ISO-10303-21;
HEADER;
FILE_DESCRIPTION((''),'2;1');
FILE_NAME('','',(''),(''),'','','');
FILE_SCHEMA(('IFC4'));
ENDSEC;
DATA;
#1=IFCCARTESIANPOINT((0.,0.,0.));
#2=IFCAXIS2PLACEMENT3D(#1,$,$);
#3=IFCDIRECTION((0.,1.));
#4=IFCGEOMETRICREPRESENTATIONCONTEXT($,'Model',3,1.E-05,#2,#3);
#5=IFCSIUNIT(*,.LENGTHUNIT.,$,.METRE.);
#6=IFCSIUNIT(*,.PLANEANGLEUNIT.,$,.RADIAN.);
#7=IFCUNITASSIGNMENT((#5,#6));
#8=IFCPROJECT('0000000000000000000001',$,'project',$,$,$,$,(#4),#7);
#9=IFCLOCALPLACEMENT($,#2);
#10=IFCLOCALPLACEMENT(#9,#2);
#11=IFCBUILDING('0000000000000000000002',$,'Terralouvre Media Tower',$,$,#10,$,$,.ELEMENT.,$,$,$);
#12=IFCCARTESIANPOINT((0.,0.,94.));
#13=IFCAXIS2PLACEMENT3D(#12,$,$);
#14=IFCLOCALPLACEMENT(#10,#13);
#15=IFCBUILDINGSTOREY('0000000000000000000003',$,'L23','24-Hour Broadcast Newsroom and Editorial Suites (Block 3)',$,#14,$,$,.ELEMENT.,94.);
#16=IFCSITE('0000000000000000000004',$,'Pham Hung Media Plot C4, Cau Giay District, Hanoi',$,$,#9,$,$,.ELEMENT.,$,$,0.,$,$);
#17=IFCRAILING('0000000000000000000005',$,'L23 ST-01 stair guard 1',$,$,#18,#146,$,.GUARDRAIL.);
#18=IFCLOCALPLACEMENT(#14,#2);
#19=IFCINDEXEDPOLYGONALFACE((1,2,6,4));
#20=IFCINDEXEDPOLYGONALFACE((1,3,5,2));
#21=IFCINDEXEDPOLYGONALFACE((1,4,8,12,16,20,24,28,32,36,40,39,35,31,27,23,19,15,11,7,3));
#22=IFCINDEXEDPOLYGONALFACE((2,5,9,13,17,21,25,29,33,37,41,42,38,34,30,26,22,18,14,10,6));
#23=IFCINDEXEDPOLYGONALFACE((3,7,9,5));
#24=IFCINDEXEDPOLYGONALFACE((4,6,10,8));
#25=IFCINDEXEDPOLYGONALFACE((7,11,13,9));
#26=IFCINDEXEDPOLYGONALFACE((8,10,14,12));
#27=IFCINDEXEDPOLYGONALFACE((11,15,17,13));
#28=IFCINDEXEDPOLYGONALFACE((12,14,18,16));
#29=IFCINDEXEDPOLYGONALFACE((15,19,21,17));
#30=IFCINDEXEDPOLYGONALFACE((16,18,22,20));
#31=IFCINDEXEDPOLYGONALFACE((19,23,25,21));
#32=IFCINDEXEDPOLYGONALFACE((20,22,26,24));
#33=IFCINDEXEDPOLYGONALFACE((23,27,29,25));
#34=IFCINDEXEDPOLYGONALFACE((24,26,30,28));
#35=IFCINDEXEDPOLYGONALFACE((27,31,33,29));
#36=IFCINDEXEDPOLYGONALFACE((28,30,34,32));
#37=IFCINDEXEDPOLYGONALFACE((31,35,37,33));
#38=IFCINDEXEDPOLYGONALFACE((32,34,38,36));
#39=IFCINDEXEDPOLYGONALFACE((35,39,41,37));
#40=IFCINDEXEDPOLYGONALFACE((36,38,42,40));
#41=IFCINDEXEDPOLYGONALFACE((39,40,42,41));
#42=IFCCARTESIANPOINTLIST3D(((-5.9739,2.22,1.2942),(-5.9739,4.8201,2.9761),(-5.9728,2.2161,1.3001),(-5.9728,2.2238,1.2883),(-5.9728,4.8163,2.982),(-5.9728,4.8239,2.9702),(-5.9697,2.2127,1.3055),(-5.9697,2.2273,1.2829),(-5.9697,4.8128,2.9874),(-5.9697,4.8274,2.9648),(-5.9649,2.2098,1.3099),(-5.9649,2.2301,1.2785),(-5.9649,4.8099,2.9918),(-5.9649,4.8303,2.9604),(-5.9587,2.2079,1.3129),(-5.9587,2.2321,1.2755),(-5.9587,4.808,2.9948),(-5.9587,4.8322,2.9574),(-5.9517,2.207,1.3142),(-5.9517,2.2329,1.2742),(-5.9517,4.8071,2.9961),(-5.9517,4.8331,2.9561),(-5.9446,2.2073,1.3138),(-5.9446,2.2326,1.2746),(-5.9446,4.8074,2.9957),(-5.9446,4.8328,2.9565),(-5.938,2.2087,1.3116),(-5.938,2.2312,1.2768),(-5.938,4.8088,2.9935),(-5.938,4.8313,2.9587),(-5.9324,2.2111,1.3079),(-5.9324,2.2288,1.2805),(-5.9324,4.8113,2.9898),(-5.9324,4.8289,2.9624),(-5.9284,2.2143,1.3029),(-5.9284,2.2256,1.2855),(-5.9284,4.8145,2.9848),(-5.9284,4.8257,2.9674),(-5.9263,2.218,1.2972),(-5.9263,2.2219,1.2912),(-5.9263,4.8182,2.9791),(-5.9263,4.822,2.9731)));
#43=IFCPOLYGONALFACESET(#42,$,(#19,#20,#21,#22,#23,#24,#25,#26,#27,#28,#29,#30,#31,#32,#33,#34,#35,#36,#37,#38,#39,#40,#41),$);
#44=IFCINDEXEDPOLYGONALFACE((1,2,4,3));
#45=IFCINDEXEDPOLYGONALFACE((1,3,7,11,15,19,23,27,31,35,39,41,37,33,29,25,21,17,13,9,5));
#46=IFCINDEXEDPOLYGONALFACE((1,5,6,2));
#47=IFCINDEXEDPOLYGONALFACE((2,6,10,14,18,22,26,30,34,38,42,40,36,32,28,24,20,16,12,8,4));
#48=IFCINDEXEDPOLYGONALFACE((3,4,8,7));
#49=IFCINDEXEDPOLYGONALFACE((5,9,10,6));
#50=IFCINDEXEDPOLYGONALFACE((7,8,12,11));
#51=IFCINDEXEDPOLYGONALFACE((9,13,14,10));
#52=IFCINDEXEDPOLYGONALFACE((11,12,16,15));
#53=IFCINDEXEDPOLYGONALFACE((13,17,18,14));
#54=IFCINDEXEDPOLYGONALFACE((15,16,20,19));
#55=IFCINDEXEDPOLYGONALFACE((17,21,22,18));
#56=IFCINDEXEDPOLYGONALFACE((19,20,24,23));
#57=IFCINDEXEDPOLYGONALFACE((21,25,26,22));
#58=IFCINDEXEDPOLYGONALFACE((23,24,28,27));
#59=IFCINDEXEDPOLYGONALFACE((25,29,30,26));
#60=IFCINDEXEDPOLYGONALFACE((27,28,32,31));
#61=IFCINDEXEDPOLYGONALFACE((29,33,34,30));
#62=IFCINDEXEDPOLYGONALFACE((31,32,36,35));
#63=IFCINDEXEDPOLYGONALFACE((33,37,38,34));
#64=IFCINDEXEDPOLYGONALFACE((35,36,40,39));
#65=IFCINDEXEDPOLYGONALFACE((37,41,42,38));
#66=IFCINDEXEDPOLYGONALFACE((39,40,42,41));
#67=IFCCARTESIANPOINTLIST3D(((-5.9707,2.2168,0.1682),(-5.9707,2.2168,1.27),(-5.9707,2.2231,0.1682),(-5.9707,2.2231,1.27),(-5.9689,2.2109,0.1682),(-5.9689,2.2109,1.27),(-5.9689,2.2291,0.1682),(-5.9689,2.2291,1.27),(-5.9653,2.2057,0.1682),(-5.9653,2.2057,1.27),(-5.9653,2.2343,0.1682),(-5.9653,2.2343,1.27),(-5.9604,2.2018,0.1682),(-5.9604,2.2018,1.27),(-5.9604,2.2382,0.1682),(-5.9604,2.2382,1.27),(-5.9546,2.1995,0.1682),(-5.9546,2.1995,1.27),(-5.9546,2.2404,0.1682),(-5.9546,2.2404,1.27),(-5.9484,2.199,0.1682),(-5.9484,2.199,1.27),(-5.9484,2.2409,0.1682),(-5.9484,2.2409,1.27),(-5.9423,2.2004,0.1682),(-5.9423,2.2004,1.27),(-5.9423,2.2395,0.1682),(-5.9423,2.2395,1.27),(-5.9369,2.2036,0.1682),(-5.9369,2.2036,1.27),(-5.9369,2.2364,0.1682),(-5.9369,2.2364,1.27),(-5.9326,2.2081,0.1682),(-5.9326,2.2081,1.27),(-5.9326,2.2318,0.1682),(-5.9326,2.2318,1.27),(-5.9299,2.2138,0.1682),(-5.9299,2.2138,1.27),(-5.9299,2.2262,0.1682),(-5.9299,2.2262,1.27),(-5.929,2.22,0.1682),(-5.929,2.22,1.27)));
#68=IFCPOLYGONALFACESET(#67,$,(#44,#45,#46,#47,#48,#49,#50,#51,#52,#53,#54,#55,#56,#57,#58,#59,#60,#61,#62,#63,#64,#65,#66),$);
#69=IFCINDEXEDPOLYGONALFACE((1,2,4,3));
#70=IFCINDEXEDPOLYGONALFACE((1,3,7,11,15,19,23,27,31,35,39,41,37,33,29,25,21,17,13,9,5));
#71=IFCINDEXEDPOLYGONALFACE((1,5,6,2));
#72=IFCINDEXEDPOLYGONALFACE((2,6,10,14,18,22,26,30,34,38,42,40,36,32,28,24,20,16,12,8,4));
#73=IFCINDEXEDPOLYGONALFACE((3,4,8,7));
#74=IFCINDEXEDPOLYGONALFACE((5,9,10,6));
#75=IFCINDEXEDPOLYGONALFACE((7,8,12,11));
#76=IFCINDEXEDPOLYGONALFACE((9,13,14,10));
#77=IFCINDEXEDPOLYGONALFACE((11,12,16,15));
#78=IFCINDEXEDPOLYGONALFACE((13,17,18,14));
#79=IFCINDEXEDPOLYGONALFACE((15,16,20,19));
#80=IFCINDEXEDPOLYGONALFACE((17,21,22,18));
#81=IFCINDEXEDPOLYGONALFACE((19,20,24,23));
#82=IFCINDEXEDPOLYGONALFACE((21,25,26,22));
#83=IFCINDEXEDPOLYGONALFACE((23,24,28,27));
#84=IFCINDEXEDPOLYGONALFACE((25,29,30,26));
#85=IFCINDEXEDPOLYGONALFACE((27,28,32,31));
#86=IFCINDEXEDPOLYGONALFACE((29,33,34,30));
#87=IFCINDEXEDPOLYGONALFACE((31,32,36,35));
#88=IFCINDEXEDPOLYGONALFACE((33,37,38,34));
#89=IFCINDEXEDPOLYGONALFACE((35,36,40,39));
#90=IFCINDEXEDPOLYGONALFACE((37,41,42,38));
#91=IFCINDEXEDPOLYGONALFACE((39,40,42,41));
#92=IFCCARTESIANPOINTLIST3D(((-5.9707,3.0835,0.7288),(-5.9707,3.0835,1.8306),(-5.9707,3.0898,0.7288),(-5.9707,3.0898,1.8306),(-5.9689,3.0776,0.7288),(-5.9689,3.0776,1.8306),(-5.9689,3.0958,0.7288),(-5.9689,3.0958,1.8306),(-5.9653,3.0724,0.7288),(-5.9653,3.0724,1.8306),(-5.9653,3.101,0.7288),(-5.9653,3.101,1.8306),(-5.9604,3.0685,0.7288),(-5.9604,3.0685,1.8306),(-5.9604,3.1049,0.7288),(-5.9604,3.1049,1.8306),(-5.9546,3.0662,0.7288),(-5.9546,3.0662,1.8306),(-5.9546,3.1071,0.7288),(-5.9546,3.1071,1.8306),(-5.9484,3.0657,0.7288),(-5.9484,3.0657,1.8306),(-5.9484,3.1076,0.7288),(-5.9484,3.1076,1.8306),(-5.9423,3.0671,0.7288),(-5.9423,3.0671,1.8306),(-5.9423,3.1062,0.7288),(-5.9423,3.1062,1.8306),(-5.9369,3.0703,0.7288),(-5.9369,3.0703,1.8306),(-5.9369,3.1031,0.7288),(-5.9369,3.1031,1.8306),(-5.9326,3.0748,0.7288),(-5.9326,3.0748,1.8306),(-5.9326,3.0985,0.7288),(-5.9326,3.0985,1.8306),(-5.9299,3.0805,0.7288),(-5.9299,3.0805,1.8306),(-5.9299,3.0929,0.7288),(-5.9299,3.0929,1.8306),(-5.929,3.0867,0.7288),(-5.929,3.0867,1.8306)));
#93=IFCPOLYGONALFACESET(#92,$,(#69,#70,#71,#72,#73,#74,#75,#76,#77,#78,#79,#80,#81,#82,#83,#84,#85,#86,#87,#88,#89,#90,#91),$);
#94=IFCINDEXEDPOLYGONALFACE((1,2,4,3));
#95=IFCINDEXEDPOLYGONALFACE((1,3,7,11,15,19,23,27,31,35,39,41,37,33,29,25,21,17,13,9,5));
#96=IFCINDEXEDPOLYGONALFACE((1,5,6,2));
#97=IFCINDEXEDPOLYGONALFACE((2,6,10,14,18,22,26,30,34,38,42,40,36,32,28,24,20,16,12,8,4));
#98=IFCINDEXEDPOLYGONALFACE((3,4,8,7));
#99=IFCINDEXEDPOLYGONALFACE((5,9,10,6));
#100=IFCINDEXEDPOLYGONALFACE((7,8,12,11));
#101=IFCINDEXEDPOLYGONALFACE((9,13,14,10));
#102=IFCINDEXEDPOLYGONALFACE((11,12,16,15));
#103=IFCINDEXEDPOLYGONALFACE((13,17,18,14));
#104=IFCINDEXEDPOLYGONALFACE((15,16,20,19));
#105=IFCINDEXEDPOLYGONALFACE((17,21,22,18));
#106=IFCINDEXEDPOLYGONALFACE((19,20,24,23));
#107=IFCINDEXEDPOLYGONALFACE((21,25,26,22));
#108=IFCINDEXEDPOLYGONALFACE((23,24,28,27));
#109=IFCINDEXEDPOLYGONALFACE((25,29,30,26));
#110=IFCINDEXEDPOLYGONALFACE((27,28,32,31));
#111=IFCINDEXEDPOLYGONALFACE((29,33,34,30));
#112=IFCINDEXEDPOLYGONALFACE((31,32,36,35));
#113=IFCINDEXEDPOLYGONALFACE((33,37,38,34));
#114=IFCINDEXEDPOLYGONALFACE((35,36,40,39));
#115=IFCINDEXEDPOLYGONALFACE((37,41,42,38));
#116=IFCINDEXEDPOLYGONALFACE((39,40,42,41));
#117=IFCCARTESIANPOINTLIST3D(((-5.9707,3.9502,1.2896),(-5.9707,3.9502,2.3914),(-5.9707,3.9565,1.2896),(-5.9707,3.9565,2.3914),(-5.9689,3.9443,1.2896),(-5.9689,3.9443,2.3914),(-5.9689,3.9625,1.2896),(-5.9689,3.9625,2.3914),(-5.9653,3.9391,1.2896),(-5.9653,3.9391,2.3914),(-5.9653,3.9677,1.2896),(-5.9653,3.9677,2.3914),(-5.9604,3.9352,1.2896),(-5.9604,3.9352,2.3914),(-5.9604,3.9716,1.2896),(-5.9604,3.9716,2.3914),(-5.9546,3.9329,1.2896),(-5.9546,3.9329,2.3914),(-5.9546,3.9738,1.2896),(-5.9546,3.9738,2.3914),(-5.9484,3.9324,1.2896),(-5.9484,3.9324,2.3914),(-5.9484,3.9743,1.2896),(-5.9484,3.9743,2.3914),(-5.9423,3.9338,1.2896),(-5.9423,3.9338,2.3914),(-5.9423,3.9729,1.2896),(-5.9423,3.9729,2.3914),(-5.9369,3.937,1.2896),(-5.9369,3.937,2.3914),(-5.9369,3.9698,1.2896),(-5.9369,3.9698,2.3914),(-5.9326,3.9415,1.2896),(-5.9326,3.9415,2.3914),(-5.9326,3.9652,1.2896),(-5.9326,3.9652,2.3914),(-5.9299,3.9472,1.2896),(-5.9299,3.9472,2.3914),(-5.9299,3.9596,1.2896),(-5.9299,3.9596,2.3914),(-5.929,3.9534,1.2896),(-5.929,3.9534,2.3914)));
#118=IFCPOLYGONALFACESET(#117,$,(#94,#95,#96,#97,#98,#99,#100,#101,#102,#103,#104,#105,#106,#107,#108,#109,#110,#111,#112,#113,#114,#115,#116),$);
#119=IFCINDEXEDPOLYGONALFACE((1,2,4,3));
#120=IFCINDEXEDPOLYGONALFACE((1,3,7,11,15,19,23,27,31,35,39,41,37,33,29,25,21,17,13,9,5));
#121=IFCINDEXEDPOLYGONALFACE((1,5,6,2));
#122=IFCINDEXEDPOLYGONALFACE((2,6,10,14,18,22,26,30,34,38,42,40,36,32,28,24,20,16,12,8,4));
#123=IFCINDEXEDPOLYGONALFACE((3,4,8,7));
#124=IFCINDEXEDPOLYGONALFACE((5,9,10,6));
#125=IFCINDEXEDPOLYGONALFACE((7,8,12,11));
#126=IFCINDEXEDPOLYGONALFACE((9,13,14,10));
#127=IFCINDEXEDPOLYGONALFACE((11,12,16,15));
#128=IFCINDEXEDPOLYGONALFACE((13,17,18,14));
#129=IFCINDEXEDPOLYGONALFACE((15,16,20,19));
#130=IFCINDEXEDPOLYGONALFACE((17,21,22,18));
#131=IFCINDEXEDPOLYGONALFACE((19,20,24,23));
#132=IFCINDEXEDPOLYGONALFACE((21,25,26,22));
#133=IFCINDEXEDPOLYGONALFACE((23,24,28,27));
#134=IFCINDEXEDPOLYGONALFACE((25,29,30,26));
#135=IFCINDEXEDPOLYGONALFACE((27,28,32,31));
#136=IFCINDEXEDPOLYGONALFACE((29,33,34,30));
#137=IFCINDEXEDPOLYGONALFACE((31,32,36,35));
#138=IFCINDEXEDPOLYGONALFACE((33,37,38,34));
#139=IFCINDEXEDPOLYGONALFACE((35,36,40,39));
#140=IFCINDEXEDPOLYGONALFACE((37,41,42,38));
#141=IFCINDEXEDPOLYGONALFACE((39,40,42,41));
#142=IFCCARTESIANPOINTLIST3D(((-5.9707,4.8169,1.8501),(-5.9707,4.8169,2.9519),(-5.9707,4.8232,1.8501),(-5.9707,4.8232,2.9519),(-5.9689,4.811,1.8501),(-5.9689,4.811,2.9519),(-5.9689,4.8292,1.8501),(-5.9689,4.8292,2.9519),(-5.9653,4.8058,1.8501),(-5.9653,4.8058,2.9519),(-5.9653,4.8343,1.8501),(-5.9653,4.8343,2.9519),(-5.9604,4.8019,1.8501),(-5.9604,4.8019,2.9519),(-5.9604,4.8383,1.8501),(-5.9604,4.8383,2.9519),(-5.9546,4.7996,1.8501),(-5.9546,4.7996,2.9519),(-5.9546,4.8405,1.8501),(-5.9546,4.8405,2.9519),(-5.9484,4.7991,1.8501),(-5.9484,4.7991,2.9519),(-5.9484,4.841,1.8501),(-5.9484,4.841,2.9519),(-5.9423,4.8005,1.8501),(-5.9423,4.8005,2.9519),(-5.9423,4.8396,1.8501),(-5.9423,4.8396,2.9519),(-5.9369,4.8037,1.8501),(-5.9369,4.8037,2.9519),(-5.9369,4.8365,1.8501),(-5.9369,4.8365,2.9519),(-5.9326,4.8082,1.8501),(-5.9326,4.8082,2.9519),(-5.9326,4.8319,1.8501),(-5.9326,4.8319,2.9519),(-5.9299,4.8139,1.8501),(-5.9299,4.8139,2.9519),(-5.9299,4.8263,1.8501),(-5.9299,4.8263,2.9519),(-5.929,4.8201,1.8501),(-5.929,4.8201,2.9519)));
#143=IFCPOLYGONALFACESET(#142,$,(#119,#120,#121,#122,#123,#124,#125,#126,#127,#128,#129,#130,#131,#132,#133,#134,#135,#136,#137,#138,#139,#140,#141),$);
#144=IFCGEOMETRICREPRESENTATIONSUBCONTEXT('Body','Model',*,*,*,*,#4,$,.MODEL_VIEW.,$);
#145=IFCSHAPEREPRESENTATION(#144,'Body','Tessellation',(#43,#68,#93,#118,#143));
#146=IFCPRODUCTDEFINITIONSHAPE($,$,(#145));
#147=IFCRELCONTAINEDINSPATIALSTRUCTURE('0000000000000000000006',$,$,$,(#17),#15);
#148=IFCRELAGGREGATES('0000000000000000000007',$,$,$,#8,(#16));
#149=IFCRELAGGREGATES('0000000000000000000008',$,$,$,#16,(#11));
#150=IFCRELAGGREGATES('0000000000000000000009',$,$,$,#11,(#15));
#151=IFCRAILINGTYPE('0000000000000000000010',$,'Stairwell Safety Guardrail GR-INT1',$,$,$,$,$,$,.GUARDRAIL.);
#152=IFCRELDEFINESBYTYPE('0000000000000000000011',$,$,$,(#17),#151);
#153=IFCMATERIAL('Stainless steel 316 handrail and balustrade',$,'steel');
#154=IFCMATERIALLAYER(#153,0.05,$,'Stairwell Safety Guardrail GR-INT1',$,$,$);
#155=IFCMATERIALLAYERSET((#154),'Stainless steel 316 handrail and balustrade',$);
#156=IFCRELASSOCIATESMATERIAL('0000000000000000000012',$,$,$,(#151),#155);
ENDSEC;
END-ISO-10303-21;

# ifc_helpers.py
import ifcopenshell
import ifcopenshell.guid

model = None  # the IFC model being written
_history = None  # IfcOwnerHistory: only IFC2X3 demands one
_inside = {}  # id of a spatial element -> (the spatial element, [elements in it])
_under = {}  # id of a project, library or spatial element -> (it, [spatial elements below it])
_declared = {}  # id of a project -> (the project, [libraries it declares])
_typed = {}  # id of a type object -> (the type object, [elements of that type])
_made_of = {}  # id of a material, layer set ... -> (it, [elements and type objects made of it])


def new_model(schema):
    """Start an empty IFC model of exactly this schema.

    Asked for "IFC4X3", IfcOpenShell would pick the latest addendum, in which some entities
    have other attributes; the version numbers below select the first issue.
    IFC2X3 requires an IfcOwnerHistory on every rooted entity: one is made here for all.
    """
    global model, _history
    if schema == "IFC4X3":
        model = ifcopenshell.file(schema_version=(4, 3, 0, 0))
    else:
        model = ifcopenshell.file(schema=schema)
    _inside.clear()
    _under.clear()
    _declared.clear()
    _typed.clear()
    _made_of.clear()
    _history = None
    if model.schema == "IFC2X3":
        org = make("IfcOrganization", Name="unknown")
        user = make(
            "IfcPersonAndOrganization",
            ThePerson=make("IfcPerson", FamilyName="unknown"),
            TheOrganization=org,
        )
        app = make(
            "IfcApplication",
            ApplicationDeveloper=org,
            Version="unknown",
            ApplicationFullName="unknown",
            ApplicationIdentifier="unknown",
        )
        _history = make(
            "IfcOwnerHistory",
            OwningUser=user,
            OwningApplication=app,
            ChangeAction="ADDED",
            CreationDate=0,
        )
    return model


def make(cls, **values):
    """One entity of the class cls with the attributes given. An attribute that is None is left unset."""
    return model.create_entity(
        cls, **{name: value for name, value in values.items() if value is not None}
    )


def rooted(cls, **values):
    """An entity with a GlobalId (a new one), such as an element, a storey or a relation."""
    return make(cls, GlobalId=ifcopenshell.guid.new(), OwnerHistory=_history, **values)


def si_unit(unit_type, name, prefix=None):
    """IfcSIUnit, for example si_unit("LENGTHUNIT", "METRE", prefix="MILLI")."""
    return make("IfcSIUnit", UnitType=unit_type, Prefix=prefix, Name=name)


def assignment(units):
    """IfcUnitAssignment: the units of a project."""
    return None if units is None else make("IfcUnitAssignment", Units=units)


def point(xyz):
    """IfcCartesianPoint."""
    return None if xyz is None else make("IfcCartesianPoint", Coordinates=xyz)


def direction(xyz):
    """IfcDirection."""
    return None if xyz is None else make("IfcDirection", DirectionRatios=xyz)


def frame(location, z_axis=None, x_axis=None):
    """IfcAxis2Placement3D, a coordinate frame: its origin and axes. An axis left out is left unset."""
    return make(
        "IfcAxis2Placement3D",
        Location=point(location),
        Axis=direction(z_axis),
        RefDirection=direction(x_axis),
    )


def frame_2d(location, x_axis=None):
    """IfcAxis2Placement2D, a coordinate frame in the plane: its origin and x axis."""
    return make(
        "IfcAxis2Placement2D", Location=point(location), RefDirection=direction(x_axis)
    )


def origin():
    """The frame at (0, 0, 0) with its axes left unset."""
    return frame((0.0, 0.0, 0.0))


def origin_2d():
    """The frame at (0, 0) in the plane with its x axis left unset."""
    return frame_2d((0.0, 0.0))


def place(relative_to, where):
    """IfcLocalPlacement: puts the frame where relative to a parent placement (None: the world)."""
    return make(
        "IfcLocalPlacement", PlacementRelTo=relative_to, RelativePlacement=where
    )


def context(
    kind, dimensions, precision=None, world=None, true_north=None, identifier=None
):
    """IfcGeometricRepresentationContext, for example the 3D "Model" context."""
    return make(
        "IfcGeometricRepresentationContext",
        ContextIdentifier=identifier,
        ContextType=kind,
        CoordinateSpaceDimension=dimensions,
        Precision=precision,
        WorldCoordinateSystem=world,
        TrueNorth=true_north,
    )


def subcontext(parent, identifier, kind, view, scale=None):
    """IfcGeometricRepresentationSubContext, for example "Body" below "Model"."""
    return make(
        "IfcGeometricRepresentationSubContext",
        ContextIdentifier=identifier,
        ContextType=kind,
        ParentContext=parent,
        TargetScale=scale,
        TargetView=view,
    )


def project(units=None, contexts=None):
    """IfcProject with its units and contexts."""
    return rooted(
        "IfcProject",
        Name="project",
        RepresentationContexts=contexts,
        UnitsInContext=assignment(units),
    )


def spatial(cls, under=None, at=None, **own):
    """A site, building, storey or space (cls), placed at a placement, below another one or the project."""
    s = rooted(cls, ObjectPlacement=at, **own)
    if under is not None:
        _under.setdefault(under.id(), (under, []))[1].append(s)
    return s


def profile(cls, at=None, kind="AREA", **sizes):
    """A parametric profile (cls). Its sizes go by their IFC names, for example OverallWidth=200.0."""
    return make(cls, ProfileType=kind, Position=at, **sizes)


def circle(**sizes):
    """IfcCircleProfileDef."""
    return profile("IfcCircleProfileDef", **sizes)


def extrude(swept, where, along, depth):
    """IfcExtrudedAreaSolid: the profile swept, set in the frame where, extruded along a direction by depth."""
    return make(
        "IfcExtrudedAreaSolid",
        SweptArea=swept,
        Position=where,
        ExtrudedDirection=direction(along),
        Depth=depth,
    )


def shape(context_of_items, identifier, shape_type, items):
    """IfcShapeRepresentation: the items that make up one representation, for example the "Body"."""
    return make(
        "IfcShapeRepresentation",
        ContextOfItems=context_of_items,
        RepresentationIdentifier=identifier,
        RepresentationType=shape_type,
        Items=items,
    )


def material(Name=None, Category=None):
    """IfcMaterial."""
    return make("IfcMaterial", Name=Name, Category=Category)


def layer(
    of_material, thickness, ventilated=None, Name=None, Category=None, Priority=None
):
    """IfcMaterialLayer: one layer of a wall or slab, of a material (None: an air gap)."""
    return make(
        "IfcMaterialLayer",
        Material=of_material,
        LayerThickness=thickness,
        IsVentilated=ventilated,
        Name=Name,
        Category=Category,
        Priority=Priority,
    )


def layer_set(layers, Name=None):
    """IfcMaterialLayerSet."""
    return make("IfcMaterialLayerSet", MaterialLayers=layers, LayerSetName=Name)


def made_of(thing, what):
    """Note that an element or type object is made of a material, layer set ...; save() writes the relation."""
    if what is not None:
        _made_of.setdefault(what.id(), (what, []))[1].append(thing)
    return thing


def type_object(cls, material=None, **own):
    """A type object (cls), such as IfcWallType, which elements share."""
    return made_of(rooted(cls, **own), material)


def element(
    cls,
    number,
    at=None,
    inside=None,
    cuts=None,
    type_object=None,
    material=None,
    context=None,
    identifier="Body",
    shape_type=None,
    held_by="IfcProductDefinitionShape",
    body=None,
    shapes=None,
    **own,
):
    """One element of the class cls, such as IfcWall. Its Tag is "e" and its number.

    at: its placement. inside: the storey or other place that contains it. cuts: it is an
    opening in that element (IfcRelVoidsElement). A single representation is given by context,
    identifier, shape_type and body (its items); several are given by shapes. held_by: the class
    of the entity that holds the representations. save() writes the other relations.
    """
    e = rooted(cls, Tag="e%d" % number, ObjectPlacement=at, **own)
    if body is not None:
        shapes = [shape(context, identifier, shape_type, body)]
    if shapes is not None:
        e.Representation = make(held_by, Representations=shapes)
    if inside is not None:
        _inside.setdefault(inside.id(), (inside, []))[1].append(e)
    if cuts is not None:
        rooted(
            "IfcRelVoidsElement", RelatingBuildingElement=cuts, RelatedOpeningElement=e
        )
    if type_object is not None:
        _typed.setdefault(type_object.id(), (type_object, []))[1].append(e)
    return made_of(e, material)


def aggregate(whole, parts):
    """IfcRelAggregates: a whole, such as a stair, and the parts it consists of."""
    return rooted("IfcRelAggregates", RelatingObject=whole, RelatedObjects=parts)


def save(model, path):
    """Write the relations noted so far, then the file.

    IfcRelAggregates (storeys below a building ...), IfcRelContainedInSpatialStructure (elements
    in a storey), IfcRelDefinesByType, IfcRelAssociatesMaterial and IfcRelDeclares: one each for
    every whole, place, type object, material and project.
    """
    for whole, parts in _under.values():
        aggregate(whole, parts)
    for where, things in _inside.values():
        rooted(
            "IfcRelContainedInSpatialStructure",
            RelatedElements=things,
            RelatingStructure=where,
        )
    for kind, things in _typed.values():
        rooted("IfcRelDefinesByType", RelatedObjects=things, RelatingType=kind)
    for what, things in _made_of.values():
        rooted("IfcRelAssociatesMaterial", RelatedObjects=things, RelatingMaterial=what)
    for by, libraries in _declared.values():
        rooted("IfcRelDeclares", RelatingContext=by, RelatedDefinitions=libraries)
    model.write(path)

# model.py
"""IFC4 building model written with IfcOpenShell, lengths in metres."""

from ifc_helpers import new_model, si_unit, direction, frame, origin, origin_2d, place, context, subcontext, project, spatial, circle, extrude, material, layer, layer_set, type_object, element, save


model = new_model("IFC4")

# Units and contexts
model_context = context("Model", 3, precision=1e-05, world=origin(), true_north=direction((0.0, 1.0)))
body_context = subcontext(model_context, "Body", "Model", "MODEL_VIEW")
ifc_project = project(units=[si_unit("LENGTHUNIT", "METRE"), si_unit("PLANEANGLEUNIT", "RADIAN")], contexts=[model_context])

# Site, building, storey
site_placement = place(None, origin())
site = spatial("IfcSite", under=ifc_project, at=site_placement, Name="Pham Hung Media Plot C4, Cau Giay District, Hanoi", CompositionType="ELEMENT", RefElevation=0.0)
building_placement = place(site_placement, origin())
building = spatial("IfcBuilding", under=site, at=building_placement, Name="Terralouvre Media Tower", CompositionType="ELEMENT")
storey_placement = place(building_placement, frame((0.0, 0.0, 94.0)))
storey = spatial("IfcBuildingStorey", under=building, at=storey_placement, Name="L23", Description="24-Hour Broadcast Newsroom and Editorial Suites (Block 3)", CompositionType="ELEMENT", Elevation=94.0)

# Railing
ifc_material_1 = material(Name="Stainless steel 316 handrail and balustrade", Category="steel")
ifc_layer_1 = layer(ifc_material_1, 0.05, Name="Stairwell Safety Guardrail GR-INT1")
ifc_layer_set_1 = layer_set([ifc_layer_1], Name="Stainless steel 316 handrail and balustrade")
railing_type_1 = type_object("IfcRailingType", Name="Stairwell Safety Guardrail GR-INT1", PredefinedType="GUARDRAIL", material=ifc_layer_set_1)
railing_1_placement = place(storey_placement, frame((-5.95, 2.22, 0.1682)))
element("IfcRailing", 1, at=railing_1_placement, inside=storey, type_object=railing_type_1, Name="L23 ST-01 stair guard 1", PredefinedType="GUARDRAIL", context=body_context, shape_type="SweptSolid", body=[
    extrude(circle(Radius=0.0239, at=origin_2d()), frame((0.0, 0.0, 1.126), z_axis=(0.0, 0.839648, 0.54313), x_axis=(-1.0, 0.0, 0.0)), (0.0, 0.0, 1.0), 3.0967),
    extrude(circle(Radius=0.021, at=origin_2d()), origin(), (0.0, 0.0, 1.0), 1.1018),
    extrude(circle(Radius=0.021, at=origin_2d()), frame((0.0, 0.8667, 0.5605)), (0.0, 0.0, 1.0), 1.1018),
    extrude(circle(Radius=0.021, at=origin_2d()), frame((0.0, 1.7334, 1.1213)), (0.0, 0.0, 1.0), 1.1018),
    extrude(circle(Radius=0.021, at=origin_2d()), frame((0.0, 2.6001, 1.6819)), (0.0, 0.0, 1.0), 1.1018),
])

save(model, "model.ifc")
